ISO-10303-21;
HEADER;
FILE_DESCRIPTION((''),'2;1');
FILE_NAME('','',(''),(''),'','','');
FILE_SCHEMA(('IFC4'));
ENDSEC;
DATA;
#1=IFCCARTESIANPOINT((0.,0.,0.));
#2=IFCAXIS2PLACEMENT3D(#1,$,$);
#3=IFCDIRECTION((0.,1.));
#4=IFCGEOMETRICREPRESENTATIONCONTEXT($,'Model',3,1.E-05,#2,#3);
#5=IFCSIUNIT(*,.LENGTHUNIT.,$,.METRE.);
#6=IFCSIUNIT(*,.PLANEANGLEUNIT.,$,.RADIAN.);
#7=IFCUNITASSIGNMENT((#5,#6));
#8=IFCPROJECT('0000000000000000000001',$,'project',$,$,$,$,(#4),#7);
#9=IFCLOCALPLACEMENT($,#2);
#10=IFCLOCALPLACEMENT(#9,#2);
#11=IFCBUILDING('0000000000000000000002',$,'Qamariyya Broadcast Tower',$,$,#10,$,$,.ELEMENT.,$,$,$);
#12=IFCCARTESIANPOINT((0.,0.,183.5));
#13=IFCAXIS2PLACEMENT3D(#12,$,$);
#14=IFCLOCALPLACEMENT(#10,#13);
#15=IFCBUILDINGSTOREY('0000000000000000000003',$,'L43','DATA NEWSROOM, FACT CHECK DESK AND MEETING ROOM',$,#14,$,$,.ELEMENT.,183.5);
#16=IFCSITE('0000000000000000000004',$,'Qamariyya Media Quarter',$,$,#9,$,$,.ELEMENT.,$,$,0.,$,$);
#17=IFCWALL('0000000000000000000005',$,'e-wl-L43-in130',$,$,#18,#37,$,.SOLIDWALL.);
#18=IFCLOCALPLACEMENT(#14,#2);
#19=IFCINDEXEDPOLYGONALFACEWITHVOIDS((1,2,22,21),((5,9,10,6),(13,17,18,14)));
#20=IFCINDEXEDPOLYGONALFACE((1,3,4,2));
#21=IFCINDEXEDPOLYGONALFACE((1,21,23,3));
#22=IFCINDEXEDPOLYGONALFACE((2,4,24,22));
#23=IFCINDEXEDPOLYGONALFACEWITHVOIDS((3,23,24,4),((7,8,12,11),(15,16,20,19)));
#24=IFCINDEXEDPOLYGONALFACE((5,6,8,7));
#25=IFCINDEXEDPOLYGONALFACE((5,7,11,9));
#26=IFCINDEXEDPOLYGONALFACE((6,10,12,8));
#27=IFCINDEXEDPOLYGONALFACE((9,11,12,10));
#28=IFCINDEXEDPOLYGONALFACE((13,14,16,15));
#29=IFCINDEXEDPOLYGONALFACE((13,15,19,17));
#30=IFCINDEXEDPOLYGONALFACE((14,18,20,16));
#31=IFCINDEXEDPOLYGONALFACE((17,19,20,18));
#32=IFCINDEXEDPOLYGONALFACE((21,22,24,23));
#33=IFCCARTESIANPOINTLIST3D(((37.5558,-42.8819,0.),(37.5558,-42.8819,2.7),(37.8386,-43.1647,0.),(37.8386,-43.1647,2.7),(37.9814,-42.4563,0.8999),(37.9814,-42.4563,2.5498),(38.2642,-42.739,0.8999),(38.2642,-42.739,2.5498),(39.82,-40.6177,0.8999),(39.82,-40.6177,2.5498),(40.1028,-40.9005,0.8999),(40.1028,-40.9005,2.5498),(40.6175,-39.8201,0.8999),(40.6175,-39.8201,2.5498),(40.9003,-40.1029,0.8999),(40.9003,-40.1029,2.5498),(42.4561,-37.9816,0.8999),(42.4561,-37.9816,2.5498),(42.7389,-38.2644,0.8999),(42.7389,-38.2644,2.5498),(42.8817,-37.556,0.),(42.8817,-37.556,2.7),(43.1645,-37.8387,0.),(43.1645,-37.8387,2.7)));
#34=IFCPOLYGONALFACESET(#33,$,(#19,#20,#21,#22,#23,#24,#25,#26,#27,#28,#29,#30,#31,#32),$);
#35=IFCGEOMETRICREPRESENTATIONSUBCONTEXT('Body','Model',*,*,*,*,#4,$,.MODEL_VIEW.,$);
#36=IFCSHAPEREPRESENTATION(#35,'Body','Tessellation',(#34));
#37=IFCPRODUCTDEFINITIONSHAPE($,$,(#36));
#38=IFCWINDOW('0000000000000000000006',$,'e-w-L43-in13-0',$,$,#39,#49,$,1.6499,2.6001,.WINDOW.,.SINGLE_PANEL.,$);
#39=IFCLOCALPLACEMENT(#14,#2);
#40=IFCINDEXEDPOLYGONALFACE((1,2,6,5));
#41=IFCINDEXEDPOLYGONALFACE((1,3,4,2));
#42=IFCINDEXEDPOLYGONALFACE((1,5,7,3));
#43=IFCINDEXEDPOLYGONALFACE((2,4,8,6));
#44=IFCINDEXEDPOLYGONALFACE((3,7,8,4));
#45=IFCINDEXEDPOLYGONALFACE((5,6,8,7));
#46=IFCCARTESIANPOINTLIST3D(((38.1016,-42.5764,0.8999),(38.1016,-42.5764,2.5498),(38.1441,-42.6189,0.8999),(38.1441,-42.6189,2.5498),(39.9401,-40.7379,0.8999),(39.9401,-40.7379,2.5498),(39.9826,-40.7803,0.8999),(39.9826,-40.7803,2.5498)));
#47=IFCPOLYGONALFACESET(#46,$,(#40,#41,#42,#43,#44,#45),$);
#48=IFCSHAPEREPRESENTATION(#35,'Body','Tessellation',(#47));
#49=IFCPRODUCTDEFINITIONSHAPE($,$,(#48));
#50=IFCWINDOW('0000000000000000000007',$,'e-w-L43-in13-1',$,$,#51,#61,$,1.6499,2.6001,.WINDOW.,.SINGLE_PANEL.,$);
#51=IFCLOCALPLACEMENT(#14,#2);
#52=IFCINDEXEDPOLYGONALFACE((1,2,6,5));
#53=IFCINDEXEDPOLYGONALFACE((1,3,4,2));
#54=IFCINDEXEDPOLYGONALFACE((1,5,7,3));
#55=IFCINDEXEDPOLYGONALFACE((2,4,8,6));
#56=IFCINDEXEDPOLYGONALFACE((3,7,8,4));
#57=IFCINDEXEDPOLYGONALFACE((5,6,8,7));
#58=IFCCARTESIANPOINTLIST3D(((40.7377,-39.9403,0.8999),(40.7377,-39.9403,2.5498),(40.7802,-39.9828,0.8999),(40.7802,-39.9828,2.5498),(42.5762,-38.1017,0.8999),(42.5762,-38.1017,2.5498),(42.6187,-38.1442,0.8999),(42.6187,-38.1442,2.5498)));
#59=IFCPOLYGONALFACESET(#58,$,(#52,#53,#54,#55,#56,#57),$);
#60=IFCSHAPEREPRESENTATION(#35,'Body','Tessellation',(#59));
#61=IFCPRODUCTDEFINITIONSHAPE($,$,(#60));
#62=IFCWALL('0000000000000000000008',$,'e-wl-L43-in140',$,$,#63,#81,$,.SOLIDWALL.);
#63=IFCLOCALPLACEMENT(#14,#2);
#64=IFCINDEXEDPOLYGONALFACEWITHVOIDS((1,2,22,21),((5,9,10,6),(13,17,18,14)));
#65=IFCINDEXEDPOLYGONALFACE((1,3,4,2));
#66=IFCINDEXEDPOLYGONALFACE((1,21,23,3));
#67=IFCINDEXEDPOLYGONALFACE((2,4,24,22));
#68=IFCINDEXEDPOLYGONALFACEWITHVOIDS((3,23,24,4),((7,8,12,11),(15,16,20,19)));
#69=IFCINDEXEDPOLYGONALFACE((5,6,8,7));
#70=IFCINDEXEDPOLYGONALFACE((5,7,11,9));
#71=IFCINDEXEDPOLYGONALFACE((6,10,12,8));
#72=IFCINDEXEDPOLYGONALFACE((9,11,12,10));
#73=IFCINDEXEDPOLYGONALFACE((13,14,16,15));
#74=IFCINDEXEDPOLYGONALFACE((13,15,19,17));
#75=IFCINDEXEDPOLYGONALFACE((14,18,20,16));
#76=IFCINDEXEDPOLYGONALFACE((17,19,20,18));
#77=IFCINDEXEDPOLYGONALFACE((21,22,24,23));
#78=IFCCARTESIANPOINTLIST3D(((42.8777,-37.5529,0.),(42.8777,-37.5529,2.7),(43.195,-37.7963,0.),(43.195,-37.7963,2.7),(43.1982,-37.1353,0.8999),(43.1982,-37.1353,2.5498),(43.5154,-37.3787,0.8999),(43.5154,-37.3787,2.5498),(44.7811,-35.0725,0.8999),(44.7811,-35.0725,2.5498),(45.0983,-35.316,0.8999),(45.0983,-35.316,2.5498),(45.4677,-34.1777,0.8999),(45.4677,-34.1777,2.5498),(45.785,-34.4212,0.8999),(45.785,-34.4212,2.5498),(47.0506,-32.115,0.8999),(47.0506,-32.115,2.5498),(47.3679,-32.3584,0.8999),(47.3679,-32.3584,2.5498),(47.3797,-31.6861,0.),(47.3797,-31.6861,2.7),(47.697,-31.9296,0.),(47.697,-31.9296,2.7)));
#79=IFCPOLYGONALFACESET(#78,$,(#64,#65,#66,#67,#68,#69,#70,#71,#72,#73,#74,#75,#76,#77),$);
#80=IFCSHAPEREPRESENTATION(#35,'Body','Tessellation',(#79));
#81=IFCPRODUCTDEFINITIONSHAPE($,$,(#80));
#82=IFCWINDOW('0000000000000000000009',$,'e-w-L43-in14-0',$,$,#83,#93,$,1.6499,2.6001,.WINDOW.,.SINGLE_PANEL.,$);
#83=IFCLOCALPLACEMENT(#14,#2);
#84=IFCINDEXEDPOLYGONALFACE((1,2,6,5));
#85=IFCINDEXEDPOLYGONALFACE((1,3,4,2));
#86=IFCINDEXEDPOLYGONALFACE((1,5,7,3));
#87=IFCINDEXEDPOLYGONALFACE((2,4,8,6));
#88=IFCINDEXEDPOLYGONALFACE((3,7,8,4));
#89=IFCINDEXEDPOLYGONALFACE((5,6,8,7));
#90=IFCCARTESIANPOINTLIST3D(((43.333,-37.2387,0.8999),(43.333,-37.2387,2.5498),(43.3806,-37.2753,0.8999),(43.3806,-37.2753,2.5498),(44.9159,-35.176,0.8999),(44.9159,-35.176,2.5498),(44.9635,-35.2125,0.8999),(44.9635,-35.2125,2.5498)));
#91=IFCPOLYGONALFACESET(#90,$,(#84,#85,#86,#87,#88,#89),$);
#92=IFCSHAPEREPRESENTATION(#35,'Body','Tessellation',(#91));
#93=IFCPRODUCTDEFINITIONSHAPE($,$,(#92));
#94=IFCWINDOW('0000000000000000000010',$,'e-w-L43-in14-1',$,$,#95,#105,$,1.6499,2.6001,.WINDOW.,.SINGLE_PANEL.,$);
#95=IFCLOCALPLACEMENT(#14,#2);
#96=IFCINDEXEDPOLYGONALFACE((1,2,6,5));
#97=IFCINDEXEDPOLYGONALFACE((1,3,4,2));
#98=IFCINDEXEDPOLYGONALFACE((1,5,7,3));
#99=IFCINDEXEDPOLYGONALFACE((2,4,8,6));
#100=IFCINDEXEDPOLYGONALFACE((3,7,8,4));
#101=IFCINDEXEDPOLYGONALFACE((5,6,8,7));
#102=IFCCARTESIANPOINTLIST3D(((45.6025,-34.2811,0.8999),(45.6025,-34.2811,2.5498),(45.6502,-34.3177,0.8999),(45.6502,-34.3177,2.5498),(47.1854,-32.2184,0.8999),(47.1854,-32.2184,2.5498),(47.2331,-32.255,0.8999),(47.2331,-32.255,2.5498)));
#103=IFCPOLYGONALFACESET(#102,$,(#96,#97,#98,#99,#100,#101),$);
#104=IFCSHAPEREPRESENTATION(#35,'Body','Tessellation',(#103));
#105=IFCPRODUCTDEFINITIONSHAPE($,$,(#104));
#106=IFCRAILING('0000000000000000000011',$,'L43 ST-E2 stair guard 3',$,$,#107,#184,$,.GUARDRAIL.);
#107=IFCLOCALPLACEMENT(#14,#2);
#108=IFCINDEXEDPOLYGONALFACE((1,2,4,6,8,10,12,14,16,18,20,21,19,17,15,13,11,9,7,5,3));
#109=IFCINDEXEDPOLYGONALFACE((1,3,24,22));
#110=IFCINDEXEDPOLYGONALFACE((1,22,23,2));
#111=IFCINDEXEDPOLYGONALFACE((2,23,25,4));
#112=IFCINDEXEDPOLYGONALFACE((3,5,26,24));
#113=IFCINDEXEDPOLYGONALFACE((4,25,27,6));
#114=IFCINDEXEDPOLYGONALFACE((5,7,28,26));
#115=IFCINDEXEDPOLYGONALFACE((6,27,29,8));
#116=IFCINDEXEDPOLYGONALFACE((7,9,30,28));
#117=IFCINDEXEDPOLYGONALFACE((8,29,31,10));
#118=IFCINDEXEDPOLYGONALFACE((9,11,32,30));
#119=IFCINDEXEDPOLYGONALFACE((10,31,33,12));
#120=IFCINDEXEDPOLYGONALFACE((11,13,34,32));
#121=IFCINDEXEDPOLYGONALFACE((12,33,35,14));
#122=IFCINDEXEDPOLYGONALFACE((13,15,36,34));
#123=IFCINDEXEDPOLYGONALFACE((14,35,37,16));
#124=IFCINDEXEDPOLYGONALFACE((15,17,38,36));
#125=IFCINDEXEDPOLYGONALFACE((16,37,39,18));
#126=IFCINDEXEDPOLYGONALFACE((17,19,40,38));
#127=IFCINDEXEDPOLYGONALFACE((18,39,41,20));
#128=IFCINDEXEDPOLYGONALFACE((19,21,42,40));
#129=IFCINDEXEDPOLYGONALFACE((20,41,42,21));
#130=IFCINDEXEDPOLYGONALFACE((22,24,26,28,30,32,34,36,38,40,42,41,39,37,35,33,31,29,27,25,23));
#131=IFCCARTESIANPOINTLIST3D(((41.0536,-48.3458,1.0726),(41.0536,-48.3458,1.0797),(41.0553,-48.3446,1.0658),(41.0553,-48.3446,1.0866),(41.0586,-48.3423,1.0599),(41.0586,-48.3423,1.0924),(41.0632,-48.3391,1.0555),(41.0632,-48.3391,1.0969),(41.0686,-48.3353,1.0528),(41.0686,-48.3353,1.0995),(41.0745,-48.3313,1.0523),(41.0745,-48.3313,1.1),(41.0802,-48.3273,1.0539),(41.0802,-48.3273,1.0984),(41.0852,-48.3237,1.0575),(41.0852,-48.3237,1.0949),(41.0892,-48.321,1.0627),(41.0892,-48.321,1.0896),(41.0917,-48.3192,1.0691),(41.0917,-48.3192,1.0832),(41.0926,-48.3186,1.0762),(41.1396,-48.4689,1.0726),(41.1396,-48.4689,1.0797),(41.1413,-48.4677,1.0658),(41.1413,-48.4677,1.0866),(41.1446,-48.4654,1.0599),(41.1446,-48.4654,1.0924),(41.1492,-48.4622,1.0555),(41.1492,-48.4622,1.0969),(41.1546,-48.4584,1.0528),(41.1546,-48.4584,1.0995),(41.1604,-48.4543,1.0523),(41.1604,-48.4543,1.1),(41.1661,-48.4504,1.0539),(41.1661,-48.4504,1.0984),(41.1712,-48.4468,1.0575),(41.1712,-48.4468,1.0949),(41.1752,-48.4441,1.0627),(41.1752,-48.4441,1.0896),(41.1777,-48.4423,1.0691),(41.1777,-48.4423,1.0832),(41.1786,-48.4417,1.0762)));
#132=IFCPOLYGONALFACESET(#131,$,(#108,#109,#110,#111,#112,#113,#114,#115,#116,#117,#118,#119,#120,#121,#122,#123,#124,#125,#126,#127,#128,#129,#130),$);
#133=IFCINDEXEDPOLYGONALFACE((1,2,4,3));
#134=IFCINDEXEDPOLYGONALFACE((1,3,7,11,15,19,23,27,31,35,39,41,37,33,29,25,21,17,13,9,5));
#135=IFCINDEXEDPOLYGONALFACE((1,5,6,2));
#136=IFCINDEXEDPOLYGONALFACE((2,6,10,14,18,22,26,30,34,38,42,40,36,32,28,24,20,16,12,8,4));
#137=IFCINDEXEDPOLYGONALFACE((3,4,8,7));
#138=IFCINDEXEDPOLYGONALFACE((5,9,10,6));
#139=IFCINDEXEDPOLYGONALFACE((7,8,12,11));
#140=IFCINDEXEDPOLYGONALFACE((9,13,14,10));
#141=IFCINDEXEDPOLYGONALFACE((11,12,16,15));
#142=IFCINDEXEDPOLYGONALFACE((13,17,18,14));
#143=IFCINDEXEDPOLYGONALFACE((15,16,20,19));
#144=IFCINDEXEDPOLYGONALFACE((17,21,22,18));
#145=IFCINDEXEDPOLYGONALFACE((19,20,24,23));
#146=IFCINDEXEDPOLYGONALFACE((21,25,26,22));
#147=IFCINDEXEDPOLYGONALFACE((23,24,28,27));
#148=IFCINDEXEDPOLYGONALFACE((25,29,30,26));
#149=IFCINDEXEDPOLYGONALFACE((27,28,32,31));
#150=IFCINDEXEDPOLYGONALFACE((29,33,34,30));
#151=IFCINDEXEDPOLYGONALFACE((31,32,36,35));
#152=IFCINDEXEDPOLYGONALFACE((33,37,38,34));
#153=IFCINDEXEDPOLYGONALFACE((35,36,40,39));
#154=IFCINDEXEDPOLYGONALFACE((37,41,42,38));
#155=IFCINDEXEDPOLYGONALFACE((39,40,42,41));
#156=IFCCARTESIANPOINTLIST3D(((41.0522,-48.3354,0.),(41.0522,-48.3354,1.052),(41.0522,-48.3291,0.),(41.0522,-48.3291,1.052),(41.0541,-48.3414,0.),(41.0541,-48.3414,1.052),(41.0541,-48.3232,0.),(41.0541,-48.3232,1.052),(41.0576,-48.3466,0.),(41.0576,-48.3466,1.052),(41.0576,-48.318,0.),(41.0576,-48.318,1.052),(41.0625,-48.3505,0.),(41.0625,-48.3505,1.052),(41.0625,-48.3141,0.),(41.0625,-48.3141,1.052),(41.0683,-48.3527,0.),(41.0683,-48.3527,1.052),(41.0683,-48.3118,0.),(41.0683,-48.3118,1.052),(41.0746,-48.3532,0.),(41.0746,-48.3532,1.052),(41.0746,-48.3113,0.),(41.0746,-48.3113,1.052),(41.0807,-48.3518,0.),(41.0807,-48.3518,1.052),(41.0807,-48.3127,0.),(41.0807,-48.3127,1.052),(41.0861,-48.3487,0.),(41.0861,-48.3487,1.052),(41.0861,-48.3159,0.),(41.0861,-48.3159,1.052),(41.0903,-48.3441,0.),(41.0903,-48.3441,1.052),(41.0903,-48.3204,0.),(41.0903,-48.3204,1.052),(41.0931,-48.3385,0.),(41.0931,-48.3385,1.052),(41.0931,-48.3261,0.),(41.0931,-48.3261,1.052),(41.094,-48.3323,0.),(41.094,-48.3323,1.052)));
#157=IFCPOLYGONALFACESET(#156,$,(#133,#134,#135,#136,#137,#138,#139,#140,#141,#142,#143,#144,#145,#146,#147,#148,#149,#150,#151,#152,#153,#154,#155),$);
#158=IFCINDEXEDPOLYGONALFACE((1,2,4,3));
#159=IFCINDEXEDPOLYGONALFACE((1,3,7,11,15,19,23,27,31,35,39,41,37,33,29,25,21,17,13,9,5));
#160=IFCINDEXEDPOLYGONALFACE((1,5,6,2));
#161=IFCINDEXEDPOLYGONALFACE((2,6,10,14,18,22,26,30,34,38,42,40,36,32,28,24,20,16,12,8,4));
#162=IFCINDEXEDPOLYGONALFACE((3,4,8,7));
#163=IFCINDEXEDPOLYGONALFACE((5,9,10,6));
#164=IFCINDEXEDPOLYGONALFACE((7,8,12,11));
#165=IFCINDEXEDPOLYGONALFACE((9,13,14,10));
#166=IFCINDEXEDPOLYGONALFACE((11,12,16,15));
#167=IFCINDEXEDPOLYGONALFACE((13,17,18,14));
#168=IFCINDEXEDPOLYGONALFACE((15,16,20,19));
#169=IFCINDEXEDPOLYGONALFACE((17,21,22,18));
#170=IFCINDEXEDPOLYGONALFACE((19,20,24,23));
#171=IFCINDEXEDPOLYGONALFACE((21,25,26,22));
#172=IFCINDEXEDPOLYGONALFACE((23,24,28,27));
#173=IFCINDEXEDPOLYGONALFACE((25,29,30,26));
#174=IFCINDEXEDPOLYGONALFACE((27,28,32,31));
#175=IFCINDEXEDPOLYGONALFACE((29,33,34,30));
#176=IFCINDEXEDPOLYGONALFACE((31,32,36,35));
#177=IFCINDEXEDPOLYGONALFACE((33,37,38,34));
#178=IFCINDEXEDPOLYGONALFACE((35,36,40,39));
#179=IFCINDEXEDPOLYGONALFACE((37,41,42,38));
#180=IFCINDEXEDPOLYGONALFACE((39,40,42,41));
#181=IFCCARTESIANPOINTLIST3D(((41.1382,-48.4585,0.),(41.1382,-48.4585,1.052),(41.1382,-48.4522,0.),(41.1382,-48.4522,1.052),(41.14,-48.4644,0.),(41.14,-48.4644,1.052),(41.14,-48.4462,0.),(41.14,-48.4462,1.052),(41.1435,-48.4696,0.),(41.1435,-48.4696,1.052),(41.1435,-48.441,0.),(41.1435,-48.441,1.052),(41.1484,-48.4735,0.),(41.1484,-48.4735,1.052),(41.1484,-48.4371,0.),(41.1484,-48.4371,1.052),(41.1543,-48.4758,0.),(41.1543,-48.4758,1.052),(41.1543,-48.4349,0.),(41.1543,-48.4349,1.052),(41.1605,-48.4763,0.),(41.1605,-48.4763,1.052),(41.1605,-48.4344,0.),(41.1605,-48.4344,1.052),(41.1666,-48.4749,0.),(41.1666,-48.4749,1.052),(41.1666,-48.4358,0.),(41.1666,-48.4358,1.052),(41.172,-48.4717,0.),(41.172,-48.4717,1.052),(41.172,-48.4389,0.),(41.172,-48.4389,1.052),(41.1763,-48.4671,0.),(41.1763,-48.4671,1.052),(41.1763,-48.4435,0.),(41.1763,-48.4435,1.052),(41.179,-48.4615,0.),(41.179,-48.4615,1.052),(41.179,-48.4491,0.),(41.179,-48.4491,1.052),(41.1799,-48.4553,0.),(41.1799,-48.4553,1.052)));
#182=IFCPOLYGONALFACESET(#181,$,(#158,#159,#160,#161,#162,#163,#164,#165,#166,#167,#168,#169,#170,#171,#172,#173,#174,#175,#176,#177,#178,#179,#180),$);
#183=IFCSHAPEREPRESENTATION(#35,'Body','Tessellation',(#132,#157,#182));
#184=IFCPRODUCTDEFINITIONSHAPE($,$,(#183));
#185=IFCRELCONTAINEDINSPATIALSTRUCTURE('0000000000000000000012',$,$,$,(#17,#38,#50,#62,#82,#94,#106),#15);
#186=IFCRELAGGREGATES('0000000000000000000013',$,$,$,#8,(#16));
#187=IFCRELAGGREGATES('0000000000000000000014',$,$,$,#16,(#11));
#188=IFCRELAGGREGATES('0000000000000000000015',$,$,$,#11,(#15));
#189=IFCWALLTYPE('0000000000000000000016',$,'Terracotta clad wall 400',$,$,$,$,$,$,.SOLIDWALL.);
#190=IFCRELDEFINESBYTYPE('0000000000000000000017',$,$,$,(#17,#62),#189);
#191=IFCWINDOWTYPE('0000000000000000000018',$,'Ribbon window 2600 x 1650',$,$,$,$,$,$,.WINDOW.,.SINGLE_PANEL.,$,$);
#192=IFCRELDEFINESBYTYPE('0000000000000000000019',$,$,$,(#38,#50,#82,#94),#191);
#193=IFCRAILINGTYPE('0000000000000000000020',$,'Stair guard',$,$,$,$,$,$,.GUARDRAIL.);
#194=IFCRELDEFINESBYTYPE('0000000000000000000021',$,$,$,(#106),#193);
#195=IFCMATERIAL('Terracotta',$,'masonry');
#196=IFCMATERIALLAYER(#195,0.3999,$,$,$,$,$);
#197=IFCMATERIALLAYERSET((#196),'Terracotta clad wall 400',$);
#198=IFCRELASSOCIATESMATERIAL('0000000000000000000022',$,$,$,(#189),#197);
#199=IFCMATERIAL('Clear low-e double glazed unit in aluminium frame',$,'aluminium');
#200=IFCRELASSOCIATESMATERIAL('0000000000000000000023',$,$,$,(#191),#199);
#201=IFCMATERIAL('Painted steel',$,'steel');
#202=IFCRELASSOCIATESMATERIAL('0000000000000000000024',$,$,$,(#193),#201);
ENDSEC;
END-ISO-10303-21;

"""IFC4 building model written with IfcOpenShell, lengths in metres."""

from ifc_helpers import new_model, si_unit, direction, frame, frame_2d, origin, origin_2d, place, context, subcontext, project, spatial, rectangle, circle, extrude, material, layer, layer_set, type_object, element, fill, save


model = new_model("IFC4")

# Units and contexts
model_context = context("Model", 3, precision=1e-05, world=origin(), true_north=direction((0.0, 1.0)))
body_context = subcontext(model_context, "Body", "Model", "MODEL_VIEW")
ifc_project = project(units=[si_unit("LENGTHUNIT", "METRE"), si_unit("PLANEANGLEUNIT", "RADIAN")], contexts=[model_context])

# Site, building, storey
site_placement = place(None, origin())
site = spatial("IfcSite", under=ifc_project, at=site_placement, Name="Qamariyya Media Quarter", CompositionType="ELEMENT", RefElevation=0.0)
building_placement = place(site_placement, origin())
building = spatial("IfcBuilding", under=site, at=building_placement, Name="Qamariyya Broadcast Tower", CompositionType="ELEMENT")
storey_placement = place(building_placement, frame((0.0, 0.0, 183.5)))
storey = spatial("IfcBuildingStorey", under=building, at=storey_placement, Name="L43", Description="DATA NEWSROOM, FACT CHECK DESK AND MEETING ROOM", CompositionType="ELEMENT", Elevation=183.5)

# Walls, openings, windows
ifc_material_1 = material(Name="Terracotta", Category="masonry")
ifc_layer_1 = layer(ifc_material_1, 0.3999)
ifc_layer_set_1 = layer_set([ifc_layer_1], Name="Terracotta clad wall 400")
wall_type_1 = type_object("IfcWallType", Name="Terracotta clad wall 400", PredefinedType="SOLIDWALL", material=ifc_layer_set_1)
wall_1_placement = place(storey_placement, frame((43.0232, -37.6973, 0.0), z_axis=(0.0, 0.0, 1.0), x_axis=(-0.707107, -0.707107, 0.0)))
wall_1 = element("IfcWall", 1, at=wall_1_placement, inside=storey, type_object=wall_type_1, Name="e-wl-L43-in130", PredefinedType="SOLIDWALL", context=body_context, shape_type="SweptSolid", body=[
    extrude(rectangle(XDim=7.532, YDim=0.3999, at=frame_2d((3.7661, 0.0))), origin(), (0.0, 0.0, 1.0), 2.7),
])
opening_1_placement = place(wall_1_placement, frame((4.3301, 0.0, 0.8999)))
opening_1 = element("IfcOpeningElement", 2, at=opening_1_placement, cuts=wall_1, PredefinedType="OPENING", context=body_context, shape_type="SweptSolid", body=[
    extrude(rectangle(XDim=2.6001, YDim=1.6499, at=frame_2d((1.3, 0.825))), frame((0.0, 0.21, 0.0), z_axis=(0.0, -1.0, 0.0), x_axis=(1.0, 0.0, 0.0)), (0.0, 0.0, 1.0), 0.4199),
])
opening_2_placement = place(wall_1_placement, frame((0.6021, 0.0, 0.8999)))
opening_2 = element("IfcOpeningElement", 3, at=opening_2_placement, cuts=wall_1, PredefinedType="OPENING", context=body_context, shape_type="SweptSolid", body=[
    extrude(rectangle(XDim=2.6001, YDim=1.6499, at=frame_2d((1.3, 0.825))), frame((0.0, 0.21, 0.0), z_axis=(0.0, -1.0, 0.0), x_axis=(1.0, 0.0, 0.0)), (0.0, 0.0, 1.0), 0.4199),
])
ifc_material_2 = material(Name="Clear low-e double glazed unit in aluminium frame", Category="aluminium")
window_type = type_object("IfcWindowType", Name="Ribbon window 2600 x 1650", PartitioningType="SINGLE_PANEL", PredefinedType="WINDOW", material=ifc_material_2)
window_1_placement = place(opening_1_placement, origin())
window_1 = element("IfcWindow", 4, at=window_1_placement, inside=storey, type_object=window_type, Name="e-w-L43-in13-0", OverallHeight=1.6499, OverallWidth=2.6001, PartitioningType="SINGLE_PANEL", PredefinedType="WINDOW", context=body_context, shape_type="SweptSolid", body=[
    extrude(rectangle(XDim=2.6001, YDim=1.6499, at=frame_2d((1.3, 0.825))), frame((0.0, 0.03, 0.0), z_axis=(0.0, -1.0, 0.0), x_axis=(1.0, 0.0, 0.0)), (0.0, 0.0, 1.0), 0.0601),
])
fill(opening_1, window_1)
window_2_placement = place(opening_2_placement, origin())
window_2 = element("IfcWindow", 5, at=window_2_placement, inside=storey, type_object=window_type, Name="e-w-L43-in13-1", OverallHeight=1.6499, OverallWidth=2.6001, PartitioningType="SINGLE_PANEL", PredefinedType="WINDOW", context=body_context, shape_type="SweptSolid", body=[
    extrude(rectangle(XDim=2.6001, YDim=1.6499, at=frame_2d((1.3, 0.825))), frame((0.0, 0.03, 0.0), z_axis=(0.0, -1.0, 0.0), x_axis=(1.0, 0.0, 0.0)), (0.0, 0.0, 1.0), 0.0601),
])
fill(opening_2, window_2)
wall_2_placement = place(storey_placement, frame((47.5383, -31.8079, 0.0), z_axis=(0.0, 0.0, 1.0), x_axis=(-0.608785, -0.793335, 0.0)))
wall_2 = element("IfcWall", 6, at=wall_2_placement, inside=storey, type_object=wall_type_1, Name="e-wl-L43-in140", PredefinedType="SOLIDWALL", context=body_context, shape_type="SweptSolid", body=[
    extrude(rectangle(XDim=7.395, YDim=0.3999, at=frame_2d((3.6975, 0.0))), origin(), (0.0, 0.0, 1.0), 2.7),
])
opening_3_placement = place(wall_2_placement, frame((4.2686, 0.0, 0.8999)))
opening_3 = element("IfcOpeningElement", 7, at=opening_3_placement, cuts=wall_2, PredefinedType="OPENING", context=body_context, shape_type="SweptSolid", body=[
    extrude(rectangle(XDim=2.6001, YDim=1.6499, at=frame_2d((1.3, 0.825))), frame((0.0, 0.21, 0.0), z_axis=(0.0, -1.0, 0.0), x_axis=(1.0, 0.0, 0.0)), (0.0, 0.0, 1.0), 0.4199),
])
opening_4_placement = place(wall_2_placement, frame((0.5405, 0.0, 0.8999)))
opening_4 = element("IfcOpeningElement", 8, at=opening_4_placement, cuts=wall_2, PredefinedType="OPENING", context=body_context, shape_type="SweptSolid", body=[
    extrude(rectangle(XDim=2.6001, YDim=1.6499, at=frame_2d((1.3, 0.825))), frame((0.0, 0.21, 0.0), z_axis=(0.0, -1.0, 0.0), x_axis=(1.0, 0.0, 0.0)), (0.0, 0.0, 1.0), 0.4199),
])
window_3_placement = place(opening_3_placement, origin())
window_3 = element("IfcWindow", 9, at=window_3_placement, inside=storey, type_object=window_type, Name="e-w-L43-in14-0", OverallHeight=1.6499, OverallWidth=2.6001, PartitioningType="SINGLE_PANEL", PredefinedType="WINDOW", context=body_context, shape_type="SweptSolid", body=[
    extrude(rectangle(XDim=2.6001, YDim=1.6499, at=frame_2d((1.3, 0.825))), frame((0.0, 0.03, 0.0), z_axis=(0.0, -1.0, 0.0), x_axis=(1.0, 0.0, 0.0)), (0.0, 0.0, 1.0), 0.0601),
])
fill(opening_3, window_3)
window_4_placement = place(opening_4_placement, origin())
window_4 = element("IfcWindow", 10, at=window_4_placement, inside=storey, type_object=window_type, Name="e-w-L43-in14-1", OverallHeight=1.6499, OverallWidth=2.6001, PartitioningType="SINGLE_PANEL", PredefinedType="WINDOW", context=body_context, shape_type="SweptSolid", body=[
    extrude(rectangle(XDim=2.6001, YDim=1.6499, at=frame_2d((1.3, 0.825))), frame((0.0, 0.03, 0.0), z_axis=(0.0, -1.0, 0.0), x_axis=(1.0, 0.0, 0.0)), (0.0, 0.0, 1.0), 0.0601),
])
fill(opening_4, window_4)

# Railing
ifc_material_3 = material(Name="Painted steel", Category="steel")
railing_type_1 = type_object("IfcRailingType", Name="Stair guard", PredefinedType="GUARDRAIL", material=ifc_material_3)
railing_1_placement = place(storey_placement, frame((41.073, -48.3323, 0.0)))
element("IfcRailing", 11, at=railing_1_placement, inside=storey, type_object=railing_type_1, Name="L43 ST-E2 stair guard 3", PredefinedType="GUARDRAIL", context=body_context, shape_type="SweptSolid", body=[
    extrude(circle(Radius=0.0239, at=origin_2d()), frame((0.0, 0.0, 1.0762), z_axis=(0.572589, -0.819843, 0.0), x_axis=(0.819843, 0.572589, 0.0)), (0.0, 0.0, 1.0), 0.1501),
    extrude(circle(Radius=0.021, at=origin_2d()), origin(), (0.0, 0.0, 1.0), 1.052),
    extrude(circle(Radius=0.021, at=origin_2d()), frame((0.0859, -0.123, 0.0)), (0.0, 0.0, 1.0), 1.052),
])

save(model, "model.ifc")
